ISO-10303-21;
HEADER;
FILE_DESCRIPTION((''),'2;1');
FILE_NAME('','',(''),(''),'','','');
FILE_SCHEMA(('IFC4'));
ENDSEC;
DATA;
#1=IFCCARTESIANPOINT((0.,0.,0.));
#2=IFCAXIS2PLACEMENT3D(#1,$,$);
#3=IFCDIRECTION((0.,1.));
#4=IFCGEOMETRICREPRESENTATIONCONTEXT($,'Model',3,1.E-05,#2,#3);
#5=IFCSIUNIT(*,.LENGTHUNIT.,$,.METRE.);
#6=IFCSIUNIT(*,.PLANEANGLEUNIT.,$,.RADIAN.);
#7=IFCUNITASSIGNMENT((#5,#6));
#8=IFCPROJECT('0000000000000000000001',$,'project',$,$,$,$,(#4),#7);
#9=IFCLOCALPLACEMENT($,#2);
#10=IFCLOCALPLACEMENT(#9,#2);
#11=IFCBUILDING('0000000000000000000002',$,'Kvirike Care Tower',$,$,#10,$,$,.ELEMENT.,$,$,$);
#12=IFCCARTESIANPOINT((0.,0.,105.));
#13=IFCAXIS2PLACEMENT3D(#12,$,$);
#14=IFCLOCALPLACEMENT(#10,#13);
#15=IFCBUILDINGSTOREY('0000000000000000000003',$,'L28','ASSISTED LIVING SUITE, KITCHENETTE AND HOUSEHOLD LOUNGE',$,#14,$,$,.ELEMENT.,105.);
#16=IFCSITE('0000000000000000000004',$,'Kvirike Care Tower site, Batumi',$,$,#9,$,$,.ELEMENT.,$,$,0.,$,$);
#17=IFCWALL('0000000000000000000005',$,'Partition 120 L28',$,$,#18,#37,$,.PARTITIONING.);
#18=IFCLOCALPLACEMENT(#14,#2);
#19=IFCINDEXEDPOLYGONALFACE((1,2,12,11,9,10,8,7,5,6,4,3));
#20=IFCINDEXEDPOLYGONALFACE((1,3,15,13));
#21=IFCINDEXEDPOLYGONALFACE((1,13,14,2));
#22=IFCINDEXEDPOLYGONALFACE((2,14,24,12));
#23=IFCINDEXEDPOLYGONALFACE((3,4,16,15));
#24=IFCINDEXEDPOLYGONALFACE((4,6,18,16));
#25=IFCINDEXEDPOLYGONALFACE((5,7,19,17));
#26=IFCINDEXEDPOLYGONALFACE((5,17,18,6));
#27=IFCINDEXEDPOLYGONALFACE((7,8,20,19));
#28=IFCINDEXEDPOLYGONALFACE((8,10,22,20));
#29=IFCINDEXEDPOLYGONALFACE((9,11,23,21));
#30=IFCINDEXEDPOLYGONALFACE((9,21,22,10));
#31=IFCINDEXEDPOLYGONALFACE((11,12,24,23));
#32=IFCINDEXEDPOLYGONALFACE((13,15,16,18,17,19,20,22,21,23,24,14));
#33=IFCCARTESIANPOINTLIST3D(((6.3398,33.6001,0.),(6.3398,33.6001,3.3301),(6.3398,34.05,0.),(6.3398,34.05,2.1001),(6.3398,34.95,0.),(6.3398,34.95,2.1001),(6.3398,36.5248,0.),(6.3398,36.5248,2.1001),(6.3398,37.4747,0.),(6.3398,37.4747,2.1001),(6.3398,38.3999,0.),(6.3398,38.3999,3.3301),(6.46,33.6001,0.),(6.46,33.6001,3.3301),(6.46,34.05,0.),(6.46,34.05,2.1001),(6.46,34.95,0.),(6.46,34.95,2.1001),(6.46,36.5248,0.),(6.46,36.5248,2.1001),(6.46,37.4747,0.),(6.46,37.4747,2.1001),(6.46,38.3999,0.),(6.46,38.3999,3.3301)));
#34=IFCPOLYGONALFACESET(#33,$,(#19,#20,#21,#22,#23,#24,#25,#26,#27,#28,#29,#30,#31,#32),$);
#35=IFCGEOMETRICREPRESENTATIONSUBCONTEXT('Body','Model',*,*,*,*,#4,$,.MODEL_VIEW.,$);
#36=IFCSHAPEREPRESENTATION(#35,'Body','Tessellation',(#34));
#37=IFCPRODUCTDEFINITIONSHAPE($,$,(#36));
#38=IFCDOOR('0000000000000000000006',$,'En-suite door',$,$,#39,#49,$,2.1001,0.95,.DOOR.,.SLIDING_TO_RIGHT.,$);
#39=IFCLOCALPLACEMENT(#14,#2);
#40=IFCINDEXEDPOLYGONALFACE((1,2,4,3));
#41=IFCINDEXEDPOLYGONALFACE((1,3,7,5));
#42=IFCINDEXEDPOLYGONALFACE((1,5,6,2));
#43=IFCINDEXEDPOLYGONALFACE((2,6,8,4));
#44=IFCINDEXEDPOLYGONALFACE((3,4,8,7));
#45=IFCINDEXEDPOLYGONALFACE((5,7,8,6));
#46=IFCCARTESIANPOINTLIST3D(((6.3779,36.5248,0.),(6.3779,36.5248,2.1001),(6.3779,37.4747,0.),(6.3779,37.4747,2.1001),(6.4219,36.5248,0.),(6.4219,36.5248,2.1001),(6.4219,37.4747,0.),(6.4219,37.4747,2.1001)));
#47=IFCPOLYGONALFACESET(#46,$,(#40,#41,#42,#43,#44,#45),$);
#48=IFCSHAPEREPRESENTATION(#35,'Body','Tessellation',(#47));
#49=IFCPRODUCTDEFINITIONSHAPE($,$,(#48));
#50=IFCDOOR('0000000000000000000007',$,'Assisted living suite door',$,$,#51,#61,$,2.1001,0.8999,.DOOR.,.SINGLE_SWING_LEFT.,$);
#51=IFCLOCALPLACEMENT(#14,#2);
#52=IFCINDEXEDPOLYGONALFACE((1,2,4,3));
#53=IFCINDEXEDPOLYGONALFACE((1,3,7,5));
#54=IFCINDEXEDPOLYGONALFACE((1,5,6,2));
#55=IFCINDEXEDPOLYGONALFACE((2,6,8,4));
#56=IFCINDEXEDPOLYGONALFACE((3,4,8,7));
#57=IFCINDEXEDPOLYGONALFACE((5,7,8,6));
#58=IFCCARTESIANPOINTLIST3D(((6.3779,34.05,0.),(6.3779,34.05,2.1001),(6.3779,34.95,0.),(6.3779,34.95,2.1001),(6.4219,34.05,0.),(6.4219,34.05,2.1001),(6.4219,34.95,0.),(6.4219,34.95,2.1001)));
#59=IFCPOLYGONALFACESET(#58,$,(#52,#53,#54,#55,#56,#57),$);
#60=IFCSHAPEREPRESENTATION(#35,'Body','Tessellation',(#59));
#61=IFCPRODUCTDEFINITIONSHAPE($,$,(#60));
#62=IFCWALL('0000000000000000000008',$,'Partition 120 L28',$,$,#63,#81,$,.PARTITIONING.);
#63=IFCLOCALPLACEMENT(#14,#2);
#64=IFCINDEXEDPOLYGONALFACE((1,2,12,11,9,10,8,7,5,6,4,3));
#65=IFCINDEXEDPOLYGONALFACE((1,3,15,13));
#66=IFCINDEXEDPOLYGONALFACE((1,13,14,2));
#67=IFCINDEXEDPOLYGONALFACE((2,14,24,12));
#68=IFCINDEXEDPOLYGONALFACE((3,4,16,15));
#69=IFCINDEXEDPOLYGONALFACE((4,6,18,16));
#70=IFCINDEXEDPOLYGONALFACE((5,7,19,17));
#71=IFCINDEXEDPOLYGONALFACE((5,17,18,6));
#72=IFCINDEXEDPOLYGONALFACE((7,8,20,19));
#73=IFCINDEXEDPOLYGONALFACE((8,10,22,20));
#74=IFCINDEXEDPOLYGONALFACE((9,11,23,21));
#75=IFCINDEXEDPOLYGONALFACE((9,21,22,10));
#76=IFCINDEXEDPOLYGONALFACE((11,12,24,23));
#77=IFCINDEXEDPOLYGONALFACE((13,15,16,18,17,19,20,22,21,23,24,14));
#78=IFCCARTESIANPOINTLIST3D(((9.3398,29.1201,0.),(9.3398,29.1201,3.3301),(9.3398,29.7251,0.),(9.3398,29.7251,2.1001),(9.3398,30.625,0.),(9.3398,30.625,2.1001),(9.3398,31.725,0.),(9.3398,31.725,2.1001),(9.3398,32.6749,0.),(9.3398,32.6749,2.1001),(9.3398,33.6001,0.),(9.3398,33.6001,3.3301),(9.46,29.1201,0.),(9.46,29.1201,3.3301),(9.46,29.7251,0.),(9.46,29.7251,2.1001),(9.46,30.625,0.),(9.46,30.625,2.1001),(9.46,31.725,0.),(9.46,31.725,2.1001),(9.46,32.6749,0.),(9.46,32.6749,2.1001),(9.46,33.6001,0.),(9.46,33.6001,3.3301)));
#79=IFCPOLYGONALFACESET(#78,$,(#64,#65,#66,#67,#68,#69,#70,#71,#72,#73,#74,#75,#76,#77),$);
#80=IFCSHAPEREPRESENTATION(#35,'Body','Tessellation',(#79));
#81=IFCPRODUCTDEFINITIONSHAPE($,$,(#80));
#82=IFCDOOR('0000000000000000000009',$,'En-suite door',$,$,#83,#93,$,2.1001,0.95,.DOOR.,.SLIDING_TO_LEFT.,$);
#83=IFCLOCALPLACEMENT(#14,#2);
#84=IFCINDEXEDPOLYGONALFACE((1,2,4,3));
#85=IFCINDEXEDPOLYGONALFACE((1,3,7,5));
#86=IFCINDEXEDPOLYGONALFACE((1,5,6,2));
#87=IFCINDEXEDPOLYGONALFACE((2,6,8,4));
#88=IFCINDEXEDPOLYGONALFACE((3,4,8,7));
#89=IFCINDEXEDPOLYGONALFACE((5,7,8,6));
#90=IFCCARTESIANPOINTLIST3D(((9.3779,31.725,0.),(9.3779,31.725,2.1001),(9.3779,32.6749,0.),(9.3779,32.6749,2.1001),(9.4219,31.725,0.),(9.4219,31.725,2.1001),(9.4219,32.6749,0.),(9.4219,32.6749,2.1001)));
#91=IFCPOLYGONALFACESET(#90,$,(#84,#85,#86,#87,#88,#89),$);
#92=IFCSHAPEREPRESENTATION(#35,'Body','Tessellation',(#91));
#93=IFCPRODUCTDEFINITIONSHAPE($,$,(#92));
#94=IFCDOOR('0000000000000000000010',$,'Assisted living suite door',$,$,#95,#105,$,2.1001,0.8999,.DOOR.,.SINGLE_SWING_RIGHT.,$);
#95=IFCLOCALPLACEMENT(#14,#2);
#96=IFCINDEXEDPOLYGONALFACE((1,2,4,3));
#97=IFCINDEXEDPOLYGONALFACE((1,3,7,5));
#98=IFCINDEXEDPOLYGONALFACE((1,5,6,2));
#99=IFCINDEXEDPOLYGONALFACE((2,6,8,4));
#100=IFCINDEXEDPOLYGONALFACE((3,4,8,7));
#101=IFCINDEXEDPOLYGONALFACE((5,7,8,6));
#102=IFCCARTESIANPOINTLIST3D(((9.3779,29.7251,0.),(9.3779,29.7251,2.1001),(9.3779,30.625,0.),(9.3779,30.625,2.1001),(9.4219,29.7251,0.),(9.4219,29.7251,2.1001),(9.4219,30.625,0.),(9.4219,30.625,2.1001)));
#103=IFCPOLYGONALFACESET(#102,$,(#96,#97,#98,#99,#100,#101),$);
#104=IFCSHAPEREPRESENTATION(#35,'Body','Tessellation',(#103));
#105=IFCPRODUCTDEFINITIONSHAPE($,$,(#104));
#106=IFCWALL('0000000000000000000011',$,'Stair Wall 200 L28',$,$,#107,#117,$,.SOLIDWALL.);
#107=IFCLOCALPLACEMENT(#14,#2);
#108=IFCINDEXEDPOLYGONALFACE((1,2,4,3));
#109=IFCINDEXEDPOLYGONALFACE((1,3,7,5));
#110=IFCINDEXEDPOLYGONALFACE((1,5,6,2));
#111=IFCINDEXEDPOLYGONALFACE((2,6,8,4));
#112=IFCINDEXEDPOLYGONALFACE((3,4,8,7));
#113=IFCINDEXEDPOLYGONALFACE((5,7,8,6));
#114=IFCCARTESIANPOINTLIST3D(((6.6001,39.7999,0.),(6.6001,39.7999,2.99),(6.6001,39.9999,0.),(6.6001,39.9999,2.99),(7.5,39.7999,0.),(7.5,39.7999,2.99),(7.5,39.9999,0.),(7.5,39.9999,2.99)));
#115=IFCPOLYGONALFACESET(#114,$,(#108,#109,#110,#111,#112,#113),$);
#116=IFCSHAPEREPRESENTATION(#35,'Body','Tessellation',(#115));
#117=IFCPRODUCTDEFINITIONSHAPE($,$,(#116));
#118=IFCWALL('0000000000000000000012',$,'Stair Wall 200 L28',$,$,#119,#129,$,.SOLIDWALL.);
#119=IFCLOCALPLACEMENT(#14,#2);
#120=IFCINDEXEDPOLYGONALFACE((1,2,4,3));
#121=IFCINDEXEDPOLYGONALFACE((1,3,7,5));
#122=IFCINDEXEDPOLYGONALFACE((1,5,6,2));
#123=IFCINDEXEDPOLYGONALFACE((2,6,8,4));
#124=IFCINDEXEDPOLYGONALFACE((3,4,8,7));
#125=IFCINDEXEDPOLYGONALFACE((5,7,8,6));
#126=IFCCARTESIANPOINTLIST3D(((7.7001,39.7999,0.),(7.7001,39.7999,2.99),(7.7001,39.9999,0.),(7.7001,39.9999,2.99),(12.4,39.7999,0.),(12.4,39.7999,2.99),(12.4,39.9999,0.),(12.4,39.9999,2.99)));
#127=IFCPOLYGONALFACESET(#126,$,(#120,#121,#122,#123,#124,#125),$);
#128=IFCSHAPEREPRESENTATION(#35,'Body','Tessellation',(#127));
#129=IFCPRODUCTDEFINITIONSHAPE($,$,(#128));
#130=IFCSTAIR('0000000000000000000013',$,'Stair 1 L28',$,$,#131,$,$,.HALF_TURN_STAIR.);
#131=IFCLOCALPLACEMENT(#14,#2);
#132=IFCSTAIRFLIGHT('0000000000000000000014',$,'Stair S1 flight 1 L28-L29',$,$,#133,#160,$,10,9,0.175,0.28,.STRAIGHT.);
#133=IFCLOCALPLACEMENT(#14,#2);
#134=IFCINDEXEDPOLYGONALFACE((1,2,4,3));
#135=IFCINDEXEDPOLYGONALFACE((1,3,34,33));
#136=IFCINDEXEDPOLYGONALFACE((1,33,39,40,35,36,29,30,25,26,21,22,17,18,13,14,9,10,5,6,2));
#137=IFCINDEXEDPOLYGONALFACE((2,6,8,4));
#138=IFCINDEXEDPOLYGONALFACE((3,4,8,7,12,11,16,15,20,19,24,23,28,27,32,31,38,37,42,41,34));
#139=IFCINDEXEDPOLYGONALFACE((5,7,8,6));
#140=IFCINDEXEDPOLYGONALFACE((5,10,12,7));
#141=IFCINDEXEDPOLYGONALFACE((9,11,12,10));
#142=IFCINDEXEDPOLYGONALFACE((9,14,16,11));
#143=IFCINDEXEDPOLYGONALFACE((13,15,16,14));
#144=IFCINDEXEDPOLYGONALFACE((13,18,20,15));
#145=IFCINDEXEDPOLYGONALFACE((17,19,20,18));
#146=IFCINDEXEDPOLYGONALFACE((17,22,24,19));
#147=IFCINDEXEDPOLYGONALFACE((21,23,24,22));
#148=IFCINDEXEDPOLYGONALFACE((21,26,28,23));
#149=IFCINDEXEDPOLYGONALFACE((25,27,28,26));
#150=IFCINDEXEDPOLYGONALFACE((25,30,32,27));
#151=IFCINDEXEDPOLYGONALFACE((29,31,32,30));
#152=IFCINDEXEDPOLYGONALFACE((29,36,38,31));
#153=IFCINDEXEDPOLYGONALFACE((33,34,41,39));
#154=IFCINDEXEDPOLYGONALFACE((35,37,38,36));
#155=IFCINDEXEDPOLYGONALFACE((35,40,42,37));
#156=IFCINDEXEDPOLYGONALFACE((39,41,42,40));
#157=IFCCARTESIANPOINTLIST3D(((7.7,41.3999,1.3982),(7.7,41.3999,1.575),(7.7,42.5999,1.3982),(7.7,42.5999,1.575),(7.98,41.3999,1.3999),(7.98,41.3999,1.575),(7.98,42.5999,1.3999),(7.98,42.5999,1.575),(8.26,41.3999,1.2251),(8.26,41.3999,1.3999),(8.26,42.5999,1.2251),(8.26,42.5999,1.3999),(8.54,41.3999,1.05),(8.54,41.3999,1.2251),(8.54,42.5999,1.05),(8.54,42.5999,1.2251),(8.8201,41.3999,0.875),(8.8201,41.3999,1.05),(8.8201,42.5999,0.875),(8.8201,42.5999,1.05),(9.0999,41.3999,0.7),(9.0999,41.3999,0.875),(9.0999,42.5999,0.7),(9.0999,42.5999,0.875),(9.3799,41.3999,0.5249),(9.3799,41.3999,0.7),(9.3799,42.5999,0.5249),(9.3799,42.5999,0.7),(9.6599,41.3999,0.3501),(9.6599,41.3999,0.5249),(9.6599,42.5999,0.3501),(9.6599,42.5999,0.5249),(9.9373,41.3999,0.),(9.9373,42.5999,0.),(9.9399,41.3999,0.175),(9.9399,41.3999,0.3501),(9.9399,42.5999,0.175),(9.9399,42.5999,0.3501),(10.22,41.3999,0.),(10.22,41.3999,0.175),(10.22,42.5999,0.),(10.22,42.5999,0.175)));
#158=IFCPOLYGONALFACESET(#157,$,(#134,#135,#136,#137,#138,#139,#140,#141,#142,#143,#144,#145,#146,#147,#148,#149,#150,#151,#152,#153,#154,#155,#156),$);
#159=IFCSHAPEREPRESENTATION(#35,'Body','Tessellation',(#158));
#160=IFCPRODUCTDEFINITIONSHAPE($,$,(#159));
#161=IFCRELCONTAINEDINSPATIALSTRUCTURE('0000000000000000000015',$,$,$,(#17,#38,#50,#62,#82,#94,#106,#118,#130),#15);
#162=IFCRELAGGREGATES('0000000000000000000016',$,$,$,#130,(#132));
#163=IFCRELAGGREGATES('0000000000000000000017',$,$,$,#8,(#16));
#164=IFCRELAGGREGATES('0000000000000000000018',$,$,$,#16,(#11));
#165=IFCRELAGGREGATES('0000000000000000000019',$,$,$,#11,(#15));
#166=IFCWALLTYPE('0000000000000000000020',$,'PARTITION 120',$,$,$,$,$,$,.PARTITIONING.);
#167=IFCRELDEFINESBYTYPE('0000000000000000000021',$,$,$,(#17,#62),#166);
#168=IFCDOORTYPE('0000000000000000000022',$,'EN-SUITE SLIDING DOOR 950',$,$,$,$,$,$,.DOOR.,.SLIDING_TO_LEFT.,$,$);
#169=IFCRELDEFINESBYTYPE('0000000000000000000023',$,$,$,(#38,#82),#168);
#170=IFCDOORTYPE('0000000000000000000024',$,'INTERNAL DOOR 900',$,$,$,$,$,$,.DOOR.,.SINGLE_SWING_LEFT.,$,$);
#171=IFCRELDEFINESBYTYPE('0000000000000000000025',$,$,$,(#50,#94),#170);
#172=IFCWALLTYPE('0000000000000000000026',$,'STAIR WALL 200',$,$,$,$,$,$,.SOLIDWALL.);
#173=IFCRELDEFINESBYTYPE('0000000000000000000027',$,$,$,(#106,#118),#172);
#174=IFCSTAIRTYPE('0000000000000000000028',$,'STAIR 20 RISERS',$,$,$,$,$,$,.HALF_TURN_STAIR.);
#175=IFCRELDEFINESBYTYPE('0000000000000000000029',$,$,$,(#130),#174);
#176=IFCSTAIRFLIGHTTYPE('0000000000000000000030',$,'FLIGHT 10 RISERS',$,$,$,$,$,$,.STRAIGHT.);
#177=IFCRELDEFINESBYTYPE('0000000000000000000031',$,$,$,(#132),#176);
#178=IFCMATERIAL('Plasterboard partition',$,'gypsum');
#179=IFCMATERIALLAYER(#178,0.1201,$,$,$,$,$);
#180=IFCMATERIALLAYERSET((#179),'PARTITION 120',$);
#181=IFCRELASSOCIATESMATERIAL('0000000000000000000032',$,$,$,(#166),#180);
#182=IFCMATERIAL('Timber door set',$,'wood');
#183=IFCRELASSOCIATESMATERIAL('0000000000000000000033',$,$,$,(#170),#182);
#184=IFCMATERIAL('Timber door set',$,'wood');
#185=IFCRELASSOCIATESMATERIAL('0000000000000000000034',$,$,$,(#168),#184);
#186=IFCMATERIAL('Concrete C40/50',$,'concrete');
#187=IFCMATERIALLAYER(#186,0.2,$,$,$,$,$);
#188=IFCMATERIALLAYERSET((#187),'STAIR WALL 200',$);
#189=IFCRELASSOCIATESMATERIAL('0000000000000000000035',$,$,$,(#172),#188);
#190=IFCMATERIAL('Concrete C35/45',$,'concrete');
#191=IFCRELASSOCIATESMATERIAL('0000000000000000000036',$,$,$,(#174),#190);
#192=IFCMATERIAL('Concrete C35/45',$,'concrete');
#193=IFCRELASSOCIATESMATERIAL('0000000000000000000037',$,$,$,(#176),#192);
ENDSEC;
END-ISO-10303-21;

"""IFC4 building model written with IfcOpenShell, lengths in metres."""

from ifc_helpers import new_model, si_unit, direction, frame, frame_2d, origin, place, context, subcontext, project, spatial, polyline, rectangle, outline, extrude, material, layer, layer_set, type_object, element, fill, aggregate, save


model = new_model("IFC4")

# Units and contexts
model_context = context("Model", 3, precision=1e-05, world=origin(), true_north=direction((0.0, 1.0)))
body_context = subcontext(model_context, "Body", "Model", "MODEL_VIEW")
ifc_project = project(units=[si_unit("LENGTHUNIT", "METRE"), si_unit("PLANEANGLEUNIT", "RADIAN")], contexts=[model_context])

# Site, building, storey
site_placement = place(None, origin())
site = spatial("IfcSite", under=ifc_project, at=site_placement, Name="Kvirike Care Tower site, Batumi", CompositionType="ELEMENT", RefElevation=0.0)
building_placement = place(site_placement, origin())
building = spatial("IfcBuilding", under=site, at=building_placement, Name="Kvirike Care Tower", CompositionType="ELEMENT")
storey_placement = place(building_placement, frame((0.0, 0.0, 105.0)))
storey = spatial("IfcBuildingStorey", under=building, at=storey_placement, Name="L28", Description="ASSISTED LIVING SUITE, KITCHENETTE AND HOUSEHOLD LOUNGE", CompositionType="ELEMENT", Elevation=105.0)

# Shared definitions
ifc_material_1 = material(Name="Plasterboard partition", Category="gypsum")
ifc_layer_1 = layer(ifc_material_1, 0.1201)
ifc_layer_set_1 = layer_set([ifc_layer_1], Name="PARTITION 120")
wall_type_1 = type_object("IfcWallType", Name="PARTITION 120", PredefinedType="PARTITIONING", material=ifc_layer_set_1)
ifc_material_2 = material(Name="Timber door set", Category="wood")
door_type_1 = type_object("IfcDoorType", Name="INTERNAL DOOR 900", OperationType="SINGLE_SWING_LEFT", PredefinedType="DOOR", material=ifc_material_2)

# Walls, openings, doors
wall_1_placement = place(storey_placement, frame((6.3999, 38.3999, 0.0), z_axis=(0.0, 0.0, 1.0), x_axis=(0.0, -1.0, 0.0)))
wall_1 = element("IfcWall", 1, at=wall_1_placement, inside=storey, type_object=wall_type_1, Name="Partition 120 L28", PredefinedType="PARTITIONING", context=body_context, shape_type="SweptSolid", body=[
    extrude(rectangle(XDim=4.7998, YDim=0.1201, at=frame_2d((2.3999, 0.0))), origin(), (0.0, 0.0, 1.0), 3.3301),
])
opening_1_placement = place(wall_1_placement, frame((3.45, 0.0, 0.0)))
opening_1 = element("IfcOpeningElement", 2, at=opening_1_placement, cuts=wall_1, PredefinedType="OPENING", context=body_context, shape_type="SweptSolid", body=[
    extrude(rectangle(XDim=0.8999, YDim=2.1001, at=frame_2d((0.45, 1.05))), frame((0.0, 0.0706, 0.0), z_axis=(0.0, -1.0, 0.0), x_axis=(1.0, 0.0, 0.0)), (0.0, 0.0, 1.0), 0.1411),
])
opening_2_placement = place(wall_1_placement, frame((0.925, 0.0, 0.0)))
opening_2 = element("IfcOpeningElement", 3, at=opening_2_placement, cuts=wall_1, PredefinedType="OPENING", context=body_context, shape_type="SweptSolid", body=[
    extrude(rectangle(XDim=0.95, YDim=2.1001, at=frame_2d((0.4751, 1.05))), frame((0.0, 0.0706, 0.0), z_axis=(0.0, -1.0, 0.0), x_axis=(1.0, 0.0, 0.0)), (0.0, 0.0, 1.0), 0.1411),
])
ifc_material_3 = material(Name="Timber door set", Category="wood")
door_type_2 = type_object("IfcDoorType", Name="EN-SUITE SLIDING DOOR 950", OperationType="SLIDING_TO_LEFT", PredefinedType="DOOR", material=ifc_material_3)
door_1_placement = place(opening_2_placement, origin())
door_1 = element("IfcDoor", 4, at=door_1_placement, inside=storey, type_object=door_type_2, Name="En-suite door", OperationType="SLIDING_TO_RIGHT", OverallHeight=2.1001, OverallWidth=0.95, PredefinedType="DOOR", context=body_context, shape_type="SweptSolid", body=[
    extrude(rectangle(XDim=0.95, YDim=2.1001, at=frame_2d((0.4751, 1.05))), frame((0.0, 0.022, 0.0), z_axis=(0.0, -1.0, 0.0), x_axis=(1.0, 0.0, 0.0)), (0.0, 0.0, 1.0), 0.0439),
])
fill(opening_2, door_1)
door_2_placement = place(opening_1_placement, origin())
door_2 = element("IfcDoor", 5, at=door_2_placement, inside=storey, type_object=door_type_1, Name="Assisted living suite door", OperationType="SINGLE_SWING_LEFT", OverallHeight=2.1001, OverallWidth=0.8999, PredefinedType="DOOR", context=body_context, shape_type="SweptSolid", body=[
    extrude(rectangle(XDim=0.8999, YDim=2.1001, at=frame_2d((0.45, 1.05))), frame((0.0, 0.022, 0.0), z_axis=(0.0, -1.0, 0.0), x_axis=(1.0, 0.0, 0.0)), (0.0, 0.0, 1.0), 0.0439),
])
fill(opening_1, door_2)
wall_2_placement = place(storey_placement, frame((9.3999, 33.6001, 0.0), z_axis=(0.0, 0.0, 1.0), x_axis=(0.0, -1.0, 0.0)))
wall_2 = element("IfcWall", 6, at=wall_2_placement, inside=storey, type_object=wall_type_1, Name="Partition 120 L28", PredefinedType="PARTITIONING", context=body_context, shape_type="SweptSolid", body=[
    extrude(rectangle(XDim=4.48, YDim=0.1201, at=frame_2d((2.24, 0.0))), origin(), (0.0, 0.0, 1.0), 3.3301),
])
opening_3_placement = place(wall_2_placement, frame((2.9751, 0.0, 0.0)))
opening_3 = element("IfcOpeningElement", 7, at=opening_3_placement, cuts=wall_2, PredefinedType="OPENING", context=body_context, shape_type="SweptSolid", body=[
    extrude(rectangle(XDim=0.8999, YDim=2.1001, at=frame_2d((0.45, 1.05))), frame((0.0, 0.0706, 0.0), z_axis=(0.0, -1.0, 0.0), x_axis=(1.0, 0.0, 0.0)), (0.0, 0.0, 1.0), 0.1411),
])
opening_4_placement = place(wall_2_placement, frame((0.925, 0.0, 0.0)))
opening_4 = element("IfcOpeningElement", 8, at=opening_4_placement, cuts=wall_2, PredefinedType="OPENING", context=body_context, shape_type="SweptSolid", body=[
    extrude(rectangle(XDim=0.95, YDim=2.1001, at=frame_2d((0.4751, 1.05))), frame((0.0, 0.0706, 0.0), z_axis=(0.0, -1.0, 0.0), x_axis=(1.0, 0.0, 0.0)), (0.0, 0.0, 1.0), 0.1411),
])
door_3_placement = place(opening_4_placement, origin())
door_3 = element("IfcDoor", 9, at=door_3_placement, inside=storey, type_object=door_type_2, Name="En-suite door", OperationType="SLIDING_TO_LEFT", OverallHeight=2.1001, OverallWidth=0.95, PredefinedType="DOOR", context=body_context, shape_type="SweptSolid", body=[
    extrude(rectangle(XDim=0.95, YDim=2.1001, at=frame_2d((0.4751, 1.05))), frame((0.0, 0.022, 0.0), z_axis=(0.0, -1.0, 0.0), x_axis=(1.0, 0.0, 0.0)), (0.0, 0.0, 1.0), 0.0439),
])
fill(opening_4, door_3)
door_4_placement = place(opening_3_placement, origin())
door_4 = element("IfcDoor", 10, at=door_4_placement, inside=storey, type_object=door_type_1, Name="Assisted living suite door", OperationType="SINGLE_SWING_RIGHT", OverallHeight=2.1001, OverallWidth=0.8999, PredefinedType="DOOR", context=body_context, shape_type="SweptSolid", body=[
    extrude(rectangle(XDim=0.8999, YDim=2.1001, at=frame_2d((0.45, 1.05))), frame((0.0, 0.022, 0.0), z_axis=(0.0, -1.0, 0.0), x_axis=(1.0, 0.0, 0.0)), (0.0, 0.0, 1.0), 0.0439),
])
fill(opening_3, door_4)

# Walls
ifc_material_4 = material(Name="Concrete C40/50", Category="concrete")
ifc_layer_2 = layer(ifc_material_4, 0.2)
ifc_layer_set_2 = layer_set([ifc_layer_2], Name="STAIR WALL 200")
wall_type_2 = type_object("IfcWallType", Name="STAIR WALL 200", PredefinedType="SOLIDWALL", material=ifc_layer_set_2)
wall_3_placement = place(storey_placement, frame((6.6001, 39.8999, 0.0), z_axis=(0.0, 0.0, 1.0), x_axis=(1.0, 0.0, 0.0)))
element("IfcWall", 11, at=wall_3_placement, inside=storey, type_object=wall_type_2, Name="Stair Wall 200 L28", PredefinedType="SOLIDWALL", context=body_context, shape_type="SweptSolid", body=[
    extrude(rectangle(XDim=0.8999, YDim=0.2, at=frame_2d((0.45, 0.0))), origin(), (0.0, 0.0, 1.0), 2.99),
])
wall_4_placement = place(storey_placement, frame((7.7, 39.8999, 0.0), z_axis=(0.0, 0.0, 1.0), x_axis=(1.0, 0.0, 0.0)))
element("IfcWall", 12, at=wall_4_placement, inside=storey, type_object=wall_type_2, Name="Stair Wall 200 L28", PredefinedType="SOLIDWALL", context=body_context, shape_type="SweptSolid", body=[
    extrude(rectangle(XDim=4.7, YDim=0.2, at=frame_2d((2.3501, 0.0))), origin(), (0.0, 0.0, 1.0), 2.99),
])

# Stair, stair flight
ifc_material_5 = material(Name="Concrete C35/45", Category="concrete")
stair_type = type_object("IfcStairType", Name="STAIR 20 RISERS", PredefinedType="HALF_TURN_STAIR", material=ifc_material_5)
stair_placement = place(storey_placement, origin())
stair = element("IfcStair", 13, at=stair_placement, inside=storey, type_object=stair_type, Name="Stair 1 L28", PredefinedType="HALF_TURN_STAIR")
ifc_material_6 = material(Name="Concrete C35/45", Category="concrete")
stair_flight_type = type_object("IfcStairFlightType", Name="FLIGHT 10 RISERS", PredefinedType="STRAIGHT", material=ifc_material_6)
stair_flight_1_placement = place(storey_placement, frame((10.22, 42.0, 0.0), z_axis=(0.0, 0.0, 1.0), x_axis=(-1.0, 0.0, 0.0)))
stair_flight_1 = element("IfcStairFlight", 14, at=stair_flight_1_placement, type_object=stair_flight_type, Name="Stair S1 flight 1 L28-L29", NumberOfRisers=10, NumberOfTreads=9, PredefinedType="STRAIGHT", RiserHeight=0.175, TreadLength=0.28, context=body_context, shape_type="SweptSolid", body=[
    extrude(outline(polyline([(0.0, 0.0), (0.0, 0.175), (0.28, 0.175), (0.28, 0.3501), (0.5601, 0.3501), (0.5601, 0.5249), (0.8401, 0.5249), (0.8401, 0.7), (1.1201, 0.7), (1.1201, 0.875), (1.3999, 0.875), (1.3999, 1.05), (1.6799, 1.05), (1.6799, 1.2251), (1.96, 1.2251), (1.96, 1.3999), (2.24, 1.3999), (2.24, 1.575), (2.52, 1.575), (2.52, 1.75), (2.52, 1.3982), (0.2827, 0.0), (0.0, 0.0)])), frame((0.0, 0.6001, 0.0), z_axis=(0.0, -1.0, 0.0), x_axis=(1.0, 0.0, 0.0)), (0.0, 0.0, 1.0), 1.2),
])
aggregate(stair, [stair_flight_1])

save(model, "model.ifc")
